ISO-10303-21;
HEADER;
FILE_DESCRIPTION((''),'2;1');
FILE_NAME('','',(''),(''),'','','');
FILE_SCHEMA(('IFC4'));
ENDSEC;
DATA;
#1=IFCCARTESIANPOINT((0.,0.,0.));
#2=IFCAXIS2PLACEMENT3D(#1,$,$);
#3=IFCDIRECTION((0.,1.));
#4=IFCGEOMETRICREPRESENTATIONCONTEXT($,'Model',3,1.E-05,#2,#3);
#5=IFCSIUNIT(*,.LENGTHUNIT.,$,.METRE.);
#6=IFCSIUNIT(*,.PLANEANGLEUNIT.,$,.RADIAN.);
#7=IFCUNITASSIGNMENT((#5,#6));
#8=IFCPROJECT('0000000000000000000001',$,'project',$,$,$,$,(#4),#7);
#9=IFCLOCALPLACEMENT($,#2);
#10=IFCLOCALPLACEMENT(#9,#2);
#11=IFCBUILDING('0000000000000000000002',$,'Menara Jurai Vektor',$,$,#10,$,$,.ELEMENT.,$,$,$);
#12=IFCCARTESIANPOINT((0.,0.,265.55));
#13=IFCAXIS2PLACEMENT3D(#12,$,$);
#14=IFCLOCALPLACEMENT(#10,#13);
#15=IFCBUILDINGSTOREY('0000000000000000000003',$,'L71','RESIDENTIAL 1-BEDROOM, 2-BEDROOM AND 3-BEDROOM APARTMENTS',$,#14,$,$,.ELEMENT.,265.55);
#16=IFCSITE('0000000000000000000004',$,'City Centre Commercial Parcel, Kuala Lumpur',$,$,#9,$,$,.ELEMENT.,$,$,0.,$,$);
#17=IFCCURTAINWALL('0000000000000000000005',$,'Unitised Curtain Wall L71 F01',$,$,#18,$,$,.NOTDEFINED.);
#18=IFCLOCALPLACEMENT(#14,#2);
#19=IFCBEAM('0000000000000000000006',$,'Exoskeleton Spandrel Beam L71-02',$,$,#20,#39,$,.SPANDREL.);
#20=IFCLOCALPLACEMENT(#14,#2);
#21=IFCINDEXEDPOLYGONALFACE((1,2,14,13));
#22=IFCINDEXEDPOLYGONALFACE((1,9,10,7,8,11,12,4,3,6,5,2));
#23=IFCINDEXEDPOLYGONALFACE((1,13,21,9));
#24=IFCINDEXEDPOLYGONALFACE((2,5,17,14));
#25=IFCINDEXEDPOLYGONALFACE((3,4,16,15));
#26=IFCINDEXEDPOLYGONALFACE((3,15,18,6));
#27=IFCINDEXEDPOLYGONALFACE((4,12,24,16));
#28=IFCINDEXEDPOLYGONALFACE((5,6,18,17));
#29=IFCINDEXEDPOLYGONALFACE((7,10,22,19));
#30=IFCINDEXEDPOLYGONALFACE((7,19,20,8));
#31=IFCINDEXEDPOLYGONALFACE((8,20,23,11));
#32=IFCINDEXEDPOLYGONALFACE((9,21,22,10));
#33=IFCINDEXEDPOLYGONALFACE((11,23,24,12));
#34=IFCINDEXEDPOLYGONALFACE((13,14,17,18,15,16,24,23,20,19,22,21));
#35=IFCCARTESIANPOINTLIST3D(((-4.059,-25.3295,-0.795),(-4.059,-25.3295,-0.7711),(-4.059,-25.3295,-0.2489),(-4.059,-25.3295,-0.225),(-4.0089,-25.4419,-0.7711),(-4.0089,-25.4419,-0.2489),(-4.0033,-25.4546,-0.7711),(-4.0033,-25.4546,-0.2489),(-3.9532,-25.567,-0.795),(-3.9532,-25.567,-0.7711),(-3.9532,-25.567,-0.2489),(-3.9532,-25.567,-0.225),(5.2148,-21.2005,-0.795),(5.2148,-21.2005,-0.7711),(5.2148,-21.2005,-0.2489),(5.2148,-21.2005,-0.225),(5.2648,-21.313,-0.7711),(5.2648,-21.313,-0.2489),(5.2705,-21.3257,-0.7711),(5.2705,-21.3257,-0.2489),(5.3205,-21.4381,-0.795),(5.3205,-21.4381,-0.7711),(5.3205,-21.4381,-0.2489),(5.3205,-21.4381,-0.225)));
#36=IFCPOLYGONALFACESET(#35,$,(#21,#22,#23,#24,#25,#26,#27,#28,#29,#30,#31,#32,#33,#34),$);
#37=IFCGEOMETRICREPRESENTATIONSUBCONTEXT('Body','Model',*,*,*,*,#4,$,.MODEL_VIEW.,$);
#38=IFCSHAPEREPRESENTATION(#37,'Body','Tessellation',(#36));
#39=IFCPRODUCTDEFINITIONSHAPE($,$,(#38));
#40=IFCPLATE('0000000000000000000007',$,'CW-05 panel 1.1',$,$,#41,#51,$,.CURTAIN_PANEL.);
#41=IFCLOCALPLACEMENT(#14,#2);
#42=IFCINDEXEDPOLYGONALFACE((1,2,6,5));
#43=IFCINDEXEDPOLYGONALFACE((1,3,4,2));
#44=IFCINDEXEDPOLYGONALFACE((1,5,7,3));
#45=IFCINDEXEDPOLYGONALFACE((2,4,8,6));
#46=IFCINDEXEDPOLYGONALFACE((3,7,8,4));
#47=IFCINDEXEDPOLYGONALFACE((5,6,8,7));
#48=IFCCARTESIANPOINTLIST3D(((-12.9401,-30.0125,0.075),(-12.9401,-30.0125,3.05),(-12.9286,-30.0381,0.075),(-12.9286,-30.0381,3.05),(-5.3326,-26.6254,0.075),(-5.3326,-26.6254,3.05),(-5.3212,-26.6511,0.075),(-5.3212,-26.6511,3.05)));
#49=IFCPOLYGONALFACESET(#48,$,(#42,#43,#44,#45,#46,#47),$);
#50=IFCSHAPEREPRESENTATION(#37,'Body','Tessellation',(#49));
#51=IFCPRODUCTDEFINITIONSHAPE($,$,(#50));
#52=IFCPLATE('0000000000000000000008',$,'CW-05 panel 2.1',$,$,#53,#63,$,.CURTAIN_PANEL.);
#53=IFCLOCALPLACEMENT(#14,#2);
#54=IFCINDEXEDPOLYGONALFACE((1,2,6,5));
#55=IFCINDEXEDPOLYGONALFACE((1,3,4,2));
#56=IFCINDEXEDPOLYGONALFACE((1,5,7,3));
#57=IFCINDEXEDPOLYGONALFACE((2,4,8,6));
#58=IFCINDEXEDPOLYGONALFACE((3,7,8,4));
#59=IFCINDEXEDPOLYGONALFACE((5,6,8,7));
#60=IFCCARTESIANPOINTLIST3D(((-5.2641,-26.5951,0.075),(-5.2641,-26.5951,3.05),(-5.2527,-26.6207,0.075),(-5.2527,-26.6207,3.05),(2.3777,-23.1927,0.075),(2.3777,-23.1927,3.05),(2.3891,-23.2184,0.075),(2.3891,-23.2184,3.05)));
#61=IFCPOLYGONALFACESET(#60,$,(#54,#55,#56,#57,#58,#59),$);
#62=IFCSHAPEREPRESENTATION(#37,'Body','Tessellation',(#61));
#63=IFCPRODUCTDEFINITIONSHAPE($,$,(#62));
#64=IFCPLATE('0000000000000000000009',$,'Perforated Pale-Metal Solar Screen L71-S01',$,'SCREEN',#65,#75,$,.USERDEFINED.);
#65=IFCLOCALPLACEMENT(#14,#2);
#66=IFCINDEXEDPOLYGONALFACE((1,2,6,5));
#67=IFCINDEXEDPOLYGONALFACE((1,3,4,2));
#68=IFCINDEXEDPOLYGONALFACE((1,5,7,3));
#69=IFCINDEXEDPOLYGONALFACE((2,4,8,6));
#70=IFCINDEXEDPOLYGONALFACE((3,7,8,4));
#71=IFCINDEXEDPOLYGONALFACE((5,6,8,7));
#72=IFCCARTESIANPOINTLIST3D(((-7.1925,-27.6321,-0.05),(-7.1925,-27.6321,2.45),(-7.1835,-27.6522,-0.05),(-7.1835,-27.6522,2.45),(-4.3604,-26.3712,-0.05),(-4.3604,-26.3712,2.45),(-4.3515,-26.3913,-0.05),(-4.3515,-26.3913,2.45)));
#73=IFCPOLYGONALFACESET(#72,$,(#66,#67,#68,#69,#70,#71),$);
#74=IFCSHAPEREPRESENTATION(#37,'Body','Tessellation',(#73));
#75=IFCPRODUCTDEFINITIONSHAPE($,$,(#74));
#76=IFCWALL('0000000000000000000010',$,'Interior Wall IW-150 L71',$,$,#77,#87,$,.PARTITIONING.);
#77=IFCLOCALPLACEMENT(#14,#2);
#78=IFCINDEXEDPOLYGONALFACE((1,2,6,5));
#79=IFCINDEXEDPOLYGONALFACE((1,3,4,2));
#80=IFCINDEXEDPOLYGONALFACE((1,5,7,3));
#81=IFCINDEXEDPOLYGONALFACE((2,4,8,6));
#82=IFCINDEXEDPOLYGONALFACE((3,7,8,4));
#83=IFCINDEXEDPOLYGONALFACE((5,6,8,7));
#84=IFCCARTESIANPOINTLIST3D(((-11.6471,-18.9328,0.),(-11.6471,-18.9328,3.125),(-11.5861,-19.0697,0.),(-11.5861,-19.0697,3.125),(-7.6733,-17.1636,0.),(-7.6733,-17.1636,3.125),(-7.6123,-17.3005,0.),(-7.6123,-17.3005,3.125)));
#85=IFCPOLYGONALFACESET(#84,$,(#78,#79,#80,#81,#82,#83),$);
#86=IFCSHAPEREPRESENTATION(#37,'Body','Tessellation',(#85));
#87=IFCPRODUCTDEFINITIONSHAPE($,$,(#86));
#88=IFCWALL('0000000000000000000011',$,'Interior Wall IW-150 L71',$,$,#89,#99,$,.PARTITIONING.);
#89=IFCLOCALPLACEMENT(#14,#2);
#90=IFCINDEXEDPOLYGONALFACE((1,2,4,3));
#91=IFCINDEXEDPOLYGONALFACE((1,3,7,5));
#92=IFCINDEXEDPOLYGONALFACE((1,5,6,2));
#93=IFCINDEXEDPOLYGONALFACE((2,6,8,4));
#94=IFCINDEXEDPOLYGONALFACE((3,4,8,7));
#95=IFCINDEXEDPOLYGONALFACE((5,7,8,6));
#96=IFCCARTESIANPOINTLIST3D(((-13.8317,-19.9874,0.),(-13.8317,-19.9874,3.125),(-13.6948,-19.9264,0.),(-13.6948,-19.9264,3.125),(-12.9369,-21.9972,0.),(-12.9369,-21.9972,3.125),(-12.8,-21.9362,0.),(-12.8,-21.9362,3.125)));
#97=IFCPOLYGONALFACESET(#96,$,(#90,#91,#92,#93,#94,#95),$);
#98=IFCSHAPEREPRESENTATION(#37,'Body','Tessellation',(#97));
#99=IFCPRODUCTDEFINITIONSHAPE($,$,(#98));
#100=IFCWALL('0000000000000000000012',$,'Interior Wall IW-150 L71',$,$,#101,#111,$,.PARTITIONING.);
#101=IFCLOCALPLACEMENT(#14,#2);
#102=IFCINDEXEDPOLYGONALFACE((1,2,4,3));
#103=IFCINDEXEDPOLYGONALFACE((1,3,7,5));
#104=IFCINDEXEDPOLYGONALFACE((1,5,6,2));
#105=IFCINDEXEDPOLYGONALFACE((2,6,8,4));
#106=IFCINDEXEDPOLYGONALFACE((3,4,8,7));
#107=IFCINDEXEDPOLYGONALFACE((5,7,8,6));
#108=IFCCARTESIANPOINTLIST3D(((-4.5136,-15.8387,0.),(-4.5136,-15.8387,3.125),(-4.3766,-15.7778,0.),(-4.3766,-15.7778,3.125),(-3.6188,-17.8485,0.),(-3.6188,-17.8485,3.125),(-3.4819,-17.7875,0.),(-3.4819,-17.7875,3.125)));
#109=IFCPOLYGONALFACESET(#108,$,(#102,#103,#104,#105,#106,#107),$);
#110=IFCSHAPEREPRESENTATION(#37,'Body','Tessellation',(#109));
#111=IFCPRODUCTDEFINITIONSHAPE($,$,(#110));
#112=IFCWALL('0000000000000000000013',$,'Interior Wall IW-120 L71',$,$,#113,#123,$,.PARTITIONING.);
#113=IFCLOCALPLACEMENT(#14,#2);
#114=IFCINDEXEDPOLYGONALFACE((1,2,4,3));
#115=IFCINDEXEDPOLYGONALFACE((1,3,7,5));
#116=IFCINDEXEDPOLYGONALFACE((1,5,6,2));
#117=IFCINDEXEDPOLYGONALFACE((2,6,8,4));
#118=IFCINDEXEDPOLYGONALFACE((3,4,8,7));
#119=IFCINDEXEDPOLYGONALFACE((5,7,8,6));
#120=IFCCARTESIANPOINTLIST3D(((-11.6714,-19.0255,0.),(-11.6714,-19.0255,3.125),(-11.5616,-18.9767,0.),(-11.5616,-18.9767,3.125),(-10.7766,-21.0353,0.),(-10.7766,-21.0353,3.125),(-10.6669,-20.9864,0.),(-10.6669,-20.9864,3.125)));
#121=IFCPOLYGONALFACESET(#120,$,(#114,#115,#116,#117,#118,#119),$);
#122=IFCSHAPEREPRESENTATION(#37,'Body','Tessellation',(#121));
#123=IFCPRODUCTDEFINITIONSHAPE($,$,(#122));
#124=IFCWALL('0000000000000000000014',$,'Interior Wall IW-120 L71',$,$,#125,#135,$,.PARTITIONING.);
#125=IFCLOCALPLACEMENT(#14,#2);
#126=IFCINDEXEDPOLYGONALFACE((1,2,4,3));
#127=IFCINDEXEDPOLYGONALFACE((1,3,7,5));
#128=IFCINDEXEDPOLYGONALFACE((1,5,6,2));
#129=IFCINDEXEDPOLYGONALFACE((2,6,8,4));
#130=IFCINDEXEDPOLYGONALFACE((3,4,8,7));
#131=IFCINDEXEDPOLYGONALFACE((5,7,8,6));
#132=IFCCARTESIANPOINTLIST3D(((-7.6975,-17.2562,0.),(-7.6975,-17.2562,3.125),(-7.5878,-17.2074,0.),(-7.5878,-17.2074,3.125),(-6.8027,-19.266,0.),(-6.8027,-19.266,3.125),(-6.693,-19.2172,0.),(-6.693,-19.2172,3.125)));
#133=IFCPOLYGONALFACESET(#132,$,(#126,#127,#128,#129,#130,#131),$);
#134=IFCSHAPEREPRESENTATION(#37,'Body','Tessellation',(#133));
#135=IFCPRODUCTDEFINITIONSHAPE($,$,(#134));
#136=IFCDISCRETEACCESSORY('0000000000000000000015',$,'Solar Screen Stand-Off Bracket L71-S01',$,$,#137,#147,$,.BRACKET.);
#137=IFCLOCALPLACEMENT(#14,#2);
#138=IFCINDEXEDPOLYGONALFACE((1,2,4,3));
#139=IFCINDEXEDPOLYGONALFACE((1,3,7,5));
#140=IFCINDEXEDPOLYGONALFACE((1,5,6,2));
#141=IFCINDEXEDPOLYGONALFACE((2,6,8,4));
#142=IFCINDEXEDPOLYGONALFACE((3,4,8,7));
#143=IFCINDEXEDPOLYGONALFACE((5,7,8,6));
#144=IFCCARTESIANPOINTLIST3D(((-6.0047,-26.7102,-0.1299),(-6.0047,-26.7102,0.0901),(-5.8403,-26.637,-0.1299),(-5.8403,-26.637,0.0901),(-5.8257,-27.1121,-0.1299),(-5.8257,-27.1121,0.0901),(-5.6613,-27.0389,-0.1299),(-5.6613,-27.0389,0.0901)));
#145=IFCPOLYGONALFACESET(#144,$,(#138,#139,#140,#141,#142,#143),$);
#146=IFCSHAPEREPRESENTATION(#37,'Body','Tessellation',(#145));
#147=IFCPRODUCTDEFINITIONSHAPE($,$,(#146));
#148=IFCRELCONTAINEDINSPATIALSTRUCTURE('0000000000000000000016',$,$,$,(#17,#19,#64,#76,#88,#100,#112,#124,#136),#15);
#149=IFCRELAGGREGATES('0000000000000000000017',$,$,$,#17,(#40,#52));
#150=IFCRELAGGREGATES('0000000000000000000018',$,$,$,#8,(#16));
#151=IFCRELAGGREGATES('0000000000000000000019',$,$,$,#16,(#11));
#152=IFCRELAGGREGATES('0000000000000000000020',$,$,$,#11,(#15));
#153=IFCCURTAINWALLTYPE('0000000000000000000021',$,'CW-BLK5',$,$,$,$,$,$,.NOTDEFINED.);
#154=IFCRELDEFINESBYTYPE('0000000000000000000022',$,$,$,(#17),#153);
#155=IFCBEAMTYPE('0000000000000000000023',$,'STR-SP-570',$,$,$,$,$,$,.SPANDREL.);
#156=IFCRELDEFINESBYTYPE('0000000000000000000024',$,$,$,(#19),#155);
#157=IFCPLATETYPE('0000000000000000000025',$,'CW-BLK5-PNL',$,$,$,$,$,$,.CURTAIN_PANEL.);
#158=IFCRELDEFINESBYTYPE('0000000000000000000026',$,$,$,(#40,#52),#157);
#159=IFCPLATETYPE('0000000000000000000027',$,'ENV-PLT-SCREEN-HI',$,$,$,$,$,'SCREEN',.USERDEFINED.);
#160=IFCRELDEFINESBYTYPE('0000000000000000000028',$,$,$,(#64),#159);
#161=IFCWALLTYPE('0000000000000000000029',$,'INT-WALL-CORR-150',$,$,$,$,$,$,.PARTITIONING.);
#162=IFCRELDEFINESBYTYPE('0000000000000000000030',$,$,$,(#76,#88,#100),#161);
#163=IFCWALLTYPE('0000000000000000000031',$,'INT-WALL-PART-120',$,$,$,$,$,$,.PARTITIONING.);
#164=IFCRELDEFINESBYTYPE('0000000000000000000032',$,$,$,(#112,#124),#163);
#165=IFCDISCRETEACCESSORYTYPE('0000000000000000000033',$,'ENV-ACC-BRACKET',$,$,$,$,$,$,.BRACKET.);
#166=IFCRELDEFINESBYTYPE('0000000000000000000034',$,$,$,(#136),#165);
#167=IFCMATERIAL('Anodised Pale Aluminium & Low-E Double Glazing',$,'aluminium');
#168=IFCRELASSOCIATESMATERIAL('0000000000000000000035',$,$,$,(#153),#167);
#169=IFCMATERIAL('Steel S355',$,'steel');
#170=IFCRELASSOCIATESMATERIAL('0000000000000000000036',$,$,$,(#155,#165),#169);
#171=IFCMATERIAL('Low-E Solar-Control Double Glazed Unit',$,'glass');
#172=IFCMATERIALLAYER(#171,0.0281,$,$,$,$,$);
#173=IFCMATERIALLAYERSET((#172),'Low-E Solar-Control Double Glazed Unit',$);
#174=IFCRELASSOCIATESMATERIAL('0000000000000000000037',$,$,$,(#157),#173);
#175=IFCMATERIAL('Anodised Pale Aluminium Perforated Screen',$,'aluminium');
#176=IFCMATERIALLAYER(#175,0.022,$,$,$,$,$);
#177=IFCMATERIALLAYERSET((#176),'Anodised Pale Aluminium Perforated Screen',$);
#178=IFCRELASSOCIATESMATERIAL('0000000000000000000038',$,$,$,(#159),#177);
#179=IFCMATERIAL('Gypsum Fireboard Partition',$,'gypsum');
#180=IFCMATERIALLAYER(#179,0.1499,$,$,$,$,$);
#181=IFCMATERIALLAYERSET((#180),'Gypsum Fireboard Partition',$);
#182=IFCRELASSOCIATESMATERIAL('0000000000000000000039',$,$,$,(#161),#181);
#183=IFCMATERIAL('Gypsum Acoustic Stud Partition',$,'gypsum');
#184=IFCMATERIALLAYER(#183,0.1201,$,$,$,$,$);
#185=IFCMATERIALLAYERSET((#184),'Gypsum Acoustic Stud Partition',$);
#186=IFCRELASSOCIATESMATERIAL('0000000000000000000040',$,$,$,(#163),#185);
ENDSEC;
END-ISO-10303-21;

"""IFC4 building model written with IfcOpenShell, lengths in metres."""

from ifc_helpers import new_model, si_unit, direction, frame, frame_2d, origin, origin_2d, place, context, subcontext, project, spatial, rectangle, i_section, extrude, material, layer, layer_set, material_profile, profile_set, type_object, element, aggregate, save


model = new_model("IFC4")

# Units and contexts
model_context = context("Model", 3, precision=1e-05, world=origin(), true_north=direction((0.0, 1.0)))
body_context = subcontext(model_context, "Body", "Model", "MODEL_VIEW")
ifc_project = project(units=[si_unit("LENGTHUNIT", "METRE"), si_unit("PLANEANGLEUNIT", "RADIAN")], contexts=[model_context])

# Site, building, storey
site_placement = place(None, origin())
site = spatial("IfcSite", under=ifc_project, at=site_placement, Name="City Centre Commercial Parcel, Kuala Lumpur", CompositionType="ELEMENT", RefElevation=0.0)
building_placement = place(site_placement, origin())
building = spatial("IfcBuilding", under=site, at=building_placement, Name="Menara Jurai Vektor", CompositionType="ELEMENT")
storey_placement = place(building_placement, frame((0.0, 0.0, 265.55)))
storey = spatial("IfcBuildingStorey", under=building, at=storey_placement, Name="L71", Description="RESIDENTIAL 1-BEDROOM, 2-BEDROOM AND 3-BEDROOM APARTMENTS", CompositionType="ELEMENT", Elevation=265.55)

# Curtain wall
ifc_material_1 = material(Name="Anodised Pale Aluminium & Low-E Double Glazing", Category="aluminium")
curtain_wall_type = type_object("IfcCurtainWallType", Name="CW-BLK5", PredefinedType="NOTDEFINED", material=ifc_material_1)
curtain_wall_placement = place(storey_placement, origin())
curtain_wall = element("IfcCurtainWall", 1, at=curtain_wall_placement, inside=storey, type_object=curtain_wall_type, Name="Unitised Curtain Wall L71 F01", PredefinedType="NOTDEFINED")

# Shared definitions
ifc_material_2 = material(Name="Steel S355", Category="steel")

# Beam
ifc_material_profile_1 = material_profile(ifc_material_2, i_section(OverallWidth=0.26, OverallDepth=0.5701, WebThickness=0.0139, FlangeThickness=0.0239, at=origin_2d()), Name="PG 570x260x145")
ifc_profile_set_1 = profile_set([ifc_material_profile_1], Name="Steel S355")
beam_type_1 = type_object("IfcBeamType", Name="STR-SP-570", PredefinedType="SPANDREL", material=ifc_profile_set_1)
beam_1_placement = place(storey_placement, frame((-4.0061, -25.4482, -0.51), z_axis=(0.913546, 0.406736, 0.0), x_axis=(-0.406736, 0.913546, 0.0)))
element("IfcBeam", 2, at=beam_1_placement, inside=storey, type_object=beam_type_1, Name="Exoskeleton Spandrel Beam L71-02", PredefinedType="SPANDREL", context=body_context, shape_type="SweptSolid", body=[
    extrude(i_section(OverallWidth=0.26, OverallDepth=0.5701, WebThickness=0.0139, FlangeThickness=0.0239, at=origin_2d()), origin(), (0.0, 0.0, 1.0), 10.1514),
])

# Plates
ifc_material_3 = material(Name="Low-E Solar-Control Double Glazed Unit", Category="glass")
ifc_layer_1 = layer(ifc_material_3, 0.0281)
ifc_layer_set_1 = layer_set([ifc_layer_1], Name="Low-E Solar-Control Double Glazed Unit")
plate_type_1 = type_object("IfcPlateType", Name="CW-BLK5-PNL", PredefinedType="CURTAIN_PANEL", material=ifc_layer_set_1)
plate_1_placement = place(storey_placement, frame((-9.1306, -28.3318, 0.075), z_axis=(0.0, 0.0, 1.0), x_axis=(0.913546, 0.406735, 0.0)))
plate_1 = element("IfcPlate", 3, at=plate_1_placement, type_object=plate_type_1, Name="CW-05 panel 1.1", PredefinedType="CURTAIN_PANEL", context=body_context, shape_type="SweptSolid", body=[
    extrude(rectangle(XDim=8.3274, YDim=0.0281, at=origin_2d()), origin(), (0.0, 0.0, 1.0), 2.9751),
])
plate_2_placement = place(storey_placement, frame((-1.4375, -24.9067, 0.075), z_axis=(0.0, 0.0, 1.0), x_axis=(0.913546, 0.406735, 0.0)))
plate_2 = element("IfcPlate", 4, at=plate_2_placement, type_object=plate_type_1, Name="CW-05 panel 2.1", PredefinedType="CURTAIN_PANEL", context=body_context, shape_type="SweptSolid", body=[
    extrude(rectangle(XDim=8.365, YDim=0.0281, at=origin_2d()), origin(), (0.0, 0.0, 1.0), 2.9751),
])
aggregate(curtain_wall, [plate_1, plate_2])
ifc_material_4 = material(Name="Anodised Pale Aluminium Perforated Screen", Category="aluminium")
ifc_layer_2 = layer(ifc_material_4, 0.022)
ifc_layer_set_2 = layer_set([ifc_layer_2], Name="Anodised Pale Aluminium Perforated Screen")
plate_type_2 = type_object("IfcPlateType", Name="ENV-PLT-SCREEN-HI", ElementType="SCREEN", PredefinedType="USERDEFINED", material=ifc_layer_set_2)
plate_3_placement = place(storey_placement, frame((-5.772, -27.0117, -0.05), z_axis=(0.0, 0.0, 1.0), x_axis=(0.913545, 0.406737, 0.0)))
element("IfcPlate", 5, at=plate_3_placement, inside=storey, type_object=plate_type_2, Name="Perforated Pale-Metal Solar Screen L71-S01", ObjectType="SCREEN", PredefinedType="USERDEFINED", context=body_context, shape_type="SweptSolid", body=[
    extrude(rectangle(XDim=3.1001, YDim=0.022, at=origin_2d()), origin(), (0.0, 0.0, 1.0), 2.5),
])

# Walls
ifc_material_5 = material(Name="Gypsum Fireboard Partition", Category="gypsum")
ifc_layer_3 = layer(ifc_material_5, 0.1499)
ifc_layer_set_3 = layer_set([ifc_layer_3], Name="Gypsum Fireboard Partition")
wall_type_1 = type_object("IfcWallType", Name="INT-WALL-CORR-150", PredefinedType="PARTITIONING", material=ifc_layer_set_3)
wall_1_placement = place(storey_placement, frame((-11.6165, -19.0012, 0.0), z_axis=(0.0, 0.0, 1.0), x_axis=(0.913545, 0.406737, 0.0)))
element("IfcWall", 6, at=wall_1_placement, inside=storey, type_object=wall_type_1, Name="Interior Wall IW-150 L71", PredefinedType="PARTITIONING", context=body_context, shape_type="SweptSolid", body=[
    extrude(rectangle(XDim=4.3499, YDim=0.1499, at=frame_2d((2.1748, 0.0))), origin(), (0.0, 0.0, 1.0), 3.125),
])
wall_2_placement = place(storey_placement, frame((-12.8684, -21.9668, 0.0), z_axis=(0.0, 0.0, 1.0), x_axis=(-0.406725, 0.913551, 0.0)))
element("IfcWall", 7, at=wall_2_placement, inside=storey, type_object=wall_type_1, Name="Interior Wall IW-150 L71", PredefinedType="PARTITIONING", context=body_context, shape_type="SweptSolid", body=[
    extrude(rectangle(XDim=2.2, YDim=0.1499, at=frame_2d((1.1001, 0.0))), origin(), (0.0, 0.0, 1.0), 3.125),
])

# Walls
wall_3_placement = place(storey_placement, frame((-3.5503, -17.8181, 0.0), z_axis=(0.0, 0.0, 1.0), x_axis=(-0.406725, 0.913551, 0.0)))
element("IfcWall", 8, at=wall_3_placement, inside=storey, type_object=wall_type_1, Name="Interior Wall IW-150 L71", PredefinedType="PARTITIONING", context=body_context, shape_type="SweptSolid", body=[
    extrude(rectangle(XDim=2.2, YDim=0.1499, at=frame_2d((1.1001, 0.0))), origin(), (0.0, 0.0, 1.0), 3.125),
])
ifc_material_6 = material(Name="Gypsum Acoustic Stud Partition", Category="gypsum")
ifc_layer_4 = layer(ifc_material_6, 0.1201)
ifc_layer_set_4 = layer_set([ifc_layer_4], Name="Gypsum Acoustic Stud Partition")
wall_type_2 = type_object("IfcWallType", Name="INT-WALL-PART-120", PredefinedType="PARTITIONING", material=ifc_layer_set_4)
for number, where, z_axis, x_axis, name in (
    (9, (-10.7217, -21.011, 0.0), (0.0, 0.0, 1.0), (-0.406725, 0.913551, 0.0), "Interior Wall IW-120 L71"),
    (10, (-6.7478, -19.2417, 0.0), (0.0, 0.0, 1.0), (-0.406725, 0.913551, 0.0), "Interior Wall IW-120 L71"),
):
    element("IfcWall", number, at=place(storey_placement, frame(where, z_axis=z_axis, x_axis=x_axis)), inside=storey, type_object=wall_type_2, Name=name, PredefinedType="PARTITIONING", context=body_context, shape_type="SweptSolid", body=[
        extrude(rectangle(XDim=2.2, YDim=0.1201, at=frame_2d((1.1001, 0.0))), origin(), (0.0, 0.0, 1.0), 3.125),
    ])

# Discrete accessory
discrete_accessory_type = type_object("IfcDiscreteAccessoryType", Name="ENV-ACC-BRACKET", PredefinedType="BRACKET", material=ifc_material_2)
discrete_accessory_placement = place(storey_placement, frame((-5.833, -26.8745, -0.1299), z_axis=(0.0, 0.0, 1.0), x_axis=(0.913545, 0.406737, 0.0)))
element("IfcDiscreteAccessory", 11, at=discrete_accessory_placement, inside=storey, type_object=discrete_accessory_type, Name="Solar Screen Stand-Off Bracket L71-S01", PredefinedType="BRACKET", context=body_context, shape_type="SweptSolid", body=[
    extrude(rectangle(XDim=0.1799, YDim=0.4399, at=origin_2d()), origin(), (0.0, 0.0, 1.0), 0.22),
])

save(model, "model.ifc")
